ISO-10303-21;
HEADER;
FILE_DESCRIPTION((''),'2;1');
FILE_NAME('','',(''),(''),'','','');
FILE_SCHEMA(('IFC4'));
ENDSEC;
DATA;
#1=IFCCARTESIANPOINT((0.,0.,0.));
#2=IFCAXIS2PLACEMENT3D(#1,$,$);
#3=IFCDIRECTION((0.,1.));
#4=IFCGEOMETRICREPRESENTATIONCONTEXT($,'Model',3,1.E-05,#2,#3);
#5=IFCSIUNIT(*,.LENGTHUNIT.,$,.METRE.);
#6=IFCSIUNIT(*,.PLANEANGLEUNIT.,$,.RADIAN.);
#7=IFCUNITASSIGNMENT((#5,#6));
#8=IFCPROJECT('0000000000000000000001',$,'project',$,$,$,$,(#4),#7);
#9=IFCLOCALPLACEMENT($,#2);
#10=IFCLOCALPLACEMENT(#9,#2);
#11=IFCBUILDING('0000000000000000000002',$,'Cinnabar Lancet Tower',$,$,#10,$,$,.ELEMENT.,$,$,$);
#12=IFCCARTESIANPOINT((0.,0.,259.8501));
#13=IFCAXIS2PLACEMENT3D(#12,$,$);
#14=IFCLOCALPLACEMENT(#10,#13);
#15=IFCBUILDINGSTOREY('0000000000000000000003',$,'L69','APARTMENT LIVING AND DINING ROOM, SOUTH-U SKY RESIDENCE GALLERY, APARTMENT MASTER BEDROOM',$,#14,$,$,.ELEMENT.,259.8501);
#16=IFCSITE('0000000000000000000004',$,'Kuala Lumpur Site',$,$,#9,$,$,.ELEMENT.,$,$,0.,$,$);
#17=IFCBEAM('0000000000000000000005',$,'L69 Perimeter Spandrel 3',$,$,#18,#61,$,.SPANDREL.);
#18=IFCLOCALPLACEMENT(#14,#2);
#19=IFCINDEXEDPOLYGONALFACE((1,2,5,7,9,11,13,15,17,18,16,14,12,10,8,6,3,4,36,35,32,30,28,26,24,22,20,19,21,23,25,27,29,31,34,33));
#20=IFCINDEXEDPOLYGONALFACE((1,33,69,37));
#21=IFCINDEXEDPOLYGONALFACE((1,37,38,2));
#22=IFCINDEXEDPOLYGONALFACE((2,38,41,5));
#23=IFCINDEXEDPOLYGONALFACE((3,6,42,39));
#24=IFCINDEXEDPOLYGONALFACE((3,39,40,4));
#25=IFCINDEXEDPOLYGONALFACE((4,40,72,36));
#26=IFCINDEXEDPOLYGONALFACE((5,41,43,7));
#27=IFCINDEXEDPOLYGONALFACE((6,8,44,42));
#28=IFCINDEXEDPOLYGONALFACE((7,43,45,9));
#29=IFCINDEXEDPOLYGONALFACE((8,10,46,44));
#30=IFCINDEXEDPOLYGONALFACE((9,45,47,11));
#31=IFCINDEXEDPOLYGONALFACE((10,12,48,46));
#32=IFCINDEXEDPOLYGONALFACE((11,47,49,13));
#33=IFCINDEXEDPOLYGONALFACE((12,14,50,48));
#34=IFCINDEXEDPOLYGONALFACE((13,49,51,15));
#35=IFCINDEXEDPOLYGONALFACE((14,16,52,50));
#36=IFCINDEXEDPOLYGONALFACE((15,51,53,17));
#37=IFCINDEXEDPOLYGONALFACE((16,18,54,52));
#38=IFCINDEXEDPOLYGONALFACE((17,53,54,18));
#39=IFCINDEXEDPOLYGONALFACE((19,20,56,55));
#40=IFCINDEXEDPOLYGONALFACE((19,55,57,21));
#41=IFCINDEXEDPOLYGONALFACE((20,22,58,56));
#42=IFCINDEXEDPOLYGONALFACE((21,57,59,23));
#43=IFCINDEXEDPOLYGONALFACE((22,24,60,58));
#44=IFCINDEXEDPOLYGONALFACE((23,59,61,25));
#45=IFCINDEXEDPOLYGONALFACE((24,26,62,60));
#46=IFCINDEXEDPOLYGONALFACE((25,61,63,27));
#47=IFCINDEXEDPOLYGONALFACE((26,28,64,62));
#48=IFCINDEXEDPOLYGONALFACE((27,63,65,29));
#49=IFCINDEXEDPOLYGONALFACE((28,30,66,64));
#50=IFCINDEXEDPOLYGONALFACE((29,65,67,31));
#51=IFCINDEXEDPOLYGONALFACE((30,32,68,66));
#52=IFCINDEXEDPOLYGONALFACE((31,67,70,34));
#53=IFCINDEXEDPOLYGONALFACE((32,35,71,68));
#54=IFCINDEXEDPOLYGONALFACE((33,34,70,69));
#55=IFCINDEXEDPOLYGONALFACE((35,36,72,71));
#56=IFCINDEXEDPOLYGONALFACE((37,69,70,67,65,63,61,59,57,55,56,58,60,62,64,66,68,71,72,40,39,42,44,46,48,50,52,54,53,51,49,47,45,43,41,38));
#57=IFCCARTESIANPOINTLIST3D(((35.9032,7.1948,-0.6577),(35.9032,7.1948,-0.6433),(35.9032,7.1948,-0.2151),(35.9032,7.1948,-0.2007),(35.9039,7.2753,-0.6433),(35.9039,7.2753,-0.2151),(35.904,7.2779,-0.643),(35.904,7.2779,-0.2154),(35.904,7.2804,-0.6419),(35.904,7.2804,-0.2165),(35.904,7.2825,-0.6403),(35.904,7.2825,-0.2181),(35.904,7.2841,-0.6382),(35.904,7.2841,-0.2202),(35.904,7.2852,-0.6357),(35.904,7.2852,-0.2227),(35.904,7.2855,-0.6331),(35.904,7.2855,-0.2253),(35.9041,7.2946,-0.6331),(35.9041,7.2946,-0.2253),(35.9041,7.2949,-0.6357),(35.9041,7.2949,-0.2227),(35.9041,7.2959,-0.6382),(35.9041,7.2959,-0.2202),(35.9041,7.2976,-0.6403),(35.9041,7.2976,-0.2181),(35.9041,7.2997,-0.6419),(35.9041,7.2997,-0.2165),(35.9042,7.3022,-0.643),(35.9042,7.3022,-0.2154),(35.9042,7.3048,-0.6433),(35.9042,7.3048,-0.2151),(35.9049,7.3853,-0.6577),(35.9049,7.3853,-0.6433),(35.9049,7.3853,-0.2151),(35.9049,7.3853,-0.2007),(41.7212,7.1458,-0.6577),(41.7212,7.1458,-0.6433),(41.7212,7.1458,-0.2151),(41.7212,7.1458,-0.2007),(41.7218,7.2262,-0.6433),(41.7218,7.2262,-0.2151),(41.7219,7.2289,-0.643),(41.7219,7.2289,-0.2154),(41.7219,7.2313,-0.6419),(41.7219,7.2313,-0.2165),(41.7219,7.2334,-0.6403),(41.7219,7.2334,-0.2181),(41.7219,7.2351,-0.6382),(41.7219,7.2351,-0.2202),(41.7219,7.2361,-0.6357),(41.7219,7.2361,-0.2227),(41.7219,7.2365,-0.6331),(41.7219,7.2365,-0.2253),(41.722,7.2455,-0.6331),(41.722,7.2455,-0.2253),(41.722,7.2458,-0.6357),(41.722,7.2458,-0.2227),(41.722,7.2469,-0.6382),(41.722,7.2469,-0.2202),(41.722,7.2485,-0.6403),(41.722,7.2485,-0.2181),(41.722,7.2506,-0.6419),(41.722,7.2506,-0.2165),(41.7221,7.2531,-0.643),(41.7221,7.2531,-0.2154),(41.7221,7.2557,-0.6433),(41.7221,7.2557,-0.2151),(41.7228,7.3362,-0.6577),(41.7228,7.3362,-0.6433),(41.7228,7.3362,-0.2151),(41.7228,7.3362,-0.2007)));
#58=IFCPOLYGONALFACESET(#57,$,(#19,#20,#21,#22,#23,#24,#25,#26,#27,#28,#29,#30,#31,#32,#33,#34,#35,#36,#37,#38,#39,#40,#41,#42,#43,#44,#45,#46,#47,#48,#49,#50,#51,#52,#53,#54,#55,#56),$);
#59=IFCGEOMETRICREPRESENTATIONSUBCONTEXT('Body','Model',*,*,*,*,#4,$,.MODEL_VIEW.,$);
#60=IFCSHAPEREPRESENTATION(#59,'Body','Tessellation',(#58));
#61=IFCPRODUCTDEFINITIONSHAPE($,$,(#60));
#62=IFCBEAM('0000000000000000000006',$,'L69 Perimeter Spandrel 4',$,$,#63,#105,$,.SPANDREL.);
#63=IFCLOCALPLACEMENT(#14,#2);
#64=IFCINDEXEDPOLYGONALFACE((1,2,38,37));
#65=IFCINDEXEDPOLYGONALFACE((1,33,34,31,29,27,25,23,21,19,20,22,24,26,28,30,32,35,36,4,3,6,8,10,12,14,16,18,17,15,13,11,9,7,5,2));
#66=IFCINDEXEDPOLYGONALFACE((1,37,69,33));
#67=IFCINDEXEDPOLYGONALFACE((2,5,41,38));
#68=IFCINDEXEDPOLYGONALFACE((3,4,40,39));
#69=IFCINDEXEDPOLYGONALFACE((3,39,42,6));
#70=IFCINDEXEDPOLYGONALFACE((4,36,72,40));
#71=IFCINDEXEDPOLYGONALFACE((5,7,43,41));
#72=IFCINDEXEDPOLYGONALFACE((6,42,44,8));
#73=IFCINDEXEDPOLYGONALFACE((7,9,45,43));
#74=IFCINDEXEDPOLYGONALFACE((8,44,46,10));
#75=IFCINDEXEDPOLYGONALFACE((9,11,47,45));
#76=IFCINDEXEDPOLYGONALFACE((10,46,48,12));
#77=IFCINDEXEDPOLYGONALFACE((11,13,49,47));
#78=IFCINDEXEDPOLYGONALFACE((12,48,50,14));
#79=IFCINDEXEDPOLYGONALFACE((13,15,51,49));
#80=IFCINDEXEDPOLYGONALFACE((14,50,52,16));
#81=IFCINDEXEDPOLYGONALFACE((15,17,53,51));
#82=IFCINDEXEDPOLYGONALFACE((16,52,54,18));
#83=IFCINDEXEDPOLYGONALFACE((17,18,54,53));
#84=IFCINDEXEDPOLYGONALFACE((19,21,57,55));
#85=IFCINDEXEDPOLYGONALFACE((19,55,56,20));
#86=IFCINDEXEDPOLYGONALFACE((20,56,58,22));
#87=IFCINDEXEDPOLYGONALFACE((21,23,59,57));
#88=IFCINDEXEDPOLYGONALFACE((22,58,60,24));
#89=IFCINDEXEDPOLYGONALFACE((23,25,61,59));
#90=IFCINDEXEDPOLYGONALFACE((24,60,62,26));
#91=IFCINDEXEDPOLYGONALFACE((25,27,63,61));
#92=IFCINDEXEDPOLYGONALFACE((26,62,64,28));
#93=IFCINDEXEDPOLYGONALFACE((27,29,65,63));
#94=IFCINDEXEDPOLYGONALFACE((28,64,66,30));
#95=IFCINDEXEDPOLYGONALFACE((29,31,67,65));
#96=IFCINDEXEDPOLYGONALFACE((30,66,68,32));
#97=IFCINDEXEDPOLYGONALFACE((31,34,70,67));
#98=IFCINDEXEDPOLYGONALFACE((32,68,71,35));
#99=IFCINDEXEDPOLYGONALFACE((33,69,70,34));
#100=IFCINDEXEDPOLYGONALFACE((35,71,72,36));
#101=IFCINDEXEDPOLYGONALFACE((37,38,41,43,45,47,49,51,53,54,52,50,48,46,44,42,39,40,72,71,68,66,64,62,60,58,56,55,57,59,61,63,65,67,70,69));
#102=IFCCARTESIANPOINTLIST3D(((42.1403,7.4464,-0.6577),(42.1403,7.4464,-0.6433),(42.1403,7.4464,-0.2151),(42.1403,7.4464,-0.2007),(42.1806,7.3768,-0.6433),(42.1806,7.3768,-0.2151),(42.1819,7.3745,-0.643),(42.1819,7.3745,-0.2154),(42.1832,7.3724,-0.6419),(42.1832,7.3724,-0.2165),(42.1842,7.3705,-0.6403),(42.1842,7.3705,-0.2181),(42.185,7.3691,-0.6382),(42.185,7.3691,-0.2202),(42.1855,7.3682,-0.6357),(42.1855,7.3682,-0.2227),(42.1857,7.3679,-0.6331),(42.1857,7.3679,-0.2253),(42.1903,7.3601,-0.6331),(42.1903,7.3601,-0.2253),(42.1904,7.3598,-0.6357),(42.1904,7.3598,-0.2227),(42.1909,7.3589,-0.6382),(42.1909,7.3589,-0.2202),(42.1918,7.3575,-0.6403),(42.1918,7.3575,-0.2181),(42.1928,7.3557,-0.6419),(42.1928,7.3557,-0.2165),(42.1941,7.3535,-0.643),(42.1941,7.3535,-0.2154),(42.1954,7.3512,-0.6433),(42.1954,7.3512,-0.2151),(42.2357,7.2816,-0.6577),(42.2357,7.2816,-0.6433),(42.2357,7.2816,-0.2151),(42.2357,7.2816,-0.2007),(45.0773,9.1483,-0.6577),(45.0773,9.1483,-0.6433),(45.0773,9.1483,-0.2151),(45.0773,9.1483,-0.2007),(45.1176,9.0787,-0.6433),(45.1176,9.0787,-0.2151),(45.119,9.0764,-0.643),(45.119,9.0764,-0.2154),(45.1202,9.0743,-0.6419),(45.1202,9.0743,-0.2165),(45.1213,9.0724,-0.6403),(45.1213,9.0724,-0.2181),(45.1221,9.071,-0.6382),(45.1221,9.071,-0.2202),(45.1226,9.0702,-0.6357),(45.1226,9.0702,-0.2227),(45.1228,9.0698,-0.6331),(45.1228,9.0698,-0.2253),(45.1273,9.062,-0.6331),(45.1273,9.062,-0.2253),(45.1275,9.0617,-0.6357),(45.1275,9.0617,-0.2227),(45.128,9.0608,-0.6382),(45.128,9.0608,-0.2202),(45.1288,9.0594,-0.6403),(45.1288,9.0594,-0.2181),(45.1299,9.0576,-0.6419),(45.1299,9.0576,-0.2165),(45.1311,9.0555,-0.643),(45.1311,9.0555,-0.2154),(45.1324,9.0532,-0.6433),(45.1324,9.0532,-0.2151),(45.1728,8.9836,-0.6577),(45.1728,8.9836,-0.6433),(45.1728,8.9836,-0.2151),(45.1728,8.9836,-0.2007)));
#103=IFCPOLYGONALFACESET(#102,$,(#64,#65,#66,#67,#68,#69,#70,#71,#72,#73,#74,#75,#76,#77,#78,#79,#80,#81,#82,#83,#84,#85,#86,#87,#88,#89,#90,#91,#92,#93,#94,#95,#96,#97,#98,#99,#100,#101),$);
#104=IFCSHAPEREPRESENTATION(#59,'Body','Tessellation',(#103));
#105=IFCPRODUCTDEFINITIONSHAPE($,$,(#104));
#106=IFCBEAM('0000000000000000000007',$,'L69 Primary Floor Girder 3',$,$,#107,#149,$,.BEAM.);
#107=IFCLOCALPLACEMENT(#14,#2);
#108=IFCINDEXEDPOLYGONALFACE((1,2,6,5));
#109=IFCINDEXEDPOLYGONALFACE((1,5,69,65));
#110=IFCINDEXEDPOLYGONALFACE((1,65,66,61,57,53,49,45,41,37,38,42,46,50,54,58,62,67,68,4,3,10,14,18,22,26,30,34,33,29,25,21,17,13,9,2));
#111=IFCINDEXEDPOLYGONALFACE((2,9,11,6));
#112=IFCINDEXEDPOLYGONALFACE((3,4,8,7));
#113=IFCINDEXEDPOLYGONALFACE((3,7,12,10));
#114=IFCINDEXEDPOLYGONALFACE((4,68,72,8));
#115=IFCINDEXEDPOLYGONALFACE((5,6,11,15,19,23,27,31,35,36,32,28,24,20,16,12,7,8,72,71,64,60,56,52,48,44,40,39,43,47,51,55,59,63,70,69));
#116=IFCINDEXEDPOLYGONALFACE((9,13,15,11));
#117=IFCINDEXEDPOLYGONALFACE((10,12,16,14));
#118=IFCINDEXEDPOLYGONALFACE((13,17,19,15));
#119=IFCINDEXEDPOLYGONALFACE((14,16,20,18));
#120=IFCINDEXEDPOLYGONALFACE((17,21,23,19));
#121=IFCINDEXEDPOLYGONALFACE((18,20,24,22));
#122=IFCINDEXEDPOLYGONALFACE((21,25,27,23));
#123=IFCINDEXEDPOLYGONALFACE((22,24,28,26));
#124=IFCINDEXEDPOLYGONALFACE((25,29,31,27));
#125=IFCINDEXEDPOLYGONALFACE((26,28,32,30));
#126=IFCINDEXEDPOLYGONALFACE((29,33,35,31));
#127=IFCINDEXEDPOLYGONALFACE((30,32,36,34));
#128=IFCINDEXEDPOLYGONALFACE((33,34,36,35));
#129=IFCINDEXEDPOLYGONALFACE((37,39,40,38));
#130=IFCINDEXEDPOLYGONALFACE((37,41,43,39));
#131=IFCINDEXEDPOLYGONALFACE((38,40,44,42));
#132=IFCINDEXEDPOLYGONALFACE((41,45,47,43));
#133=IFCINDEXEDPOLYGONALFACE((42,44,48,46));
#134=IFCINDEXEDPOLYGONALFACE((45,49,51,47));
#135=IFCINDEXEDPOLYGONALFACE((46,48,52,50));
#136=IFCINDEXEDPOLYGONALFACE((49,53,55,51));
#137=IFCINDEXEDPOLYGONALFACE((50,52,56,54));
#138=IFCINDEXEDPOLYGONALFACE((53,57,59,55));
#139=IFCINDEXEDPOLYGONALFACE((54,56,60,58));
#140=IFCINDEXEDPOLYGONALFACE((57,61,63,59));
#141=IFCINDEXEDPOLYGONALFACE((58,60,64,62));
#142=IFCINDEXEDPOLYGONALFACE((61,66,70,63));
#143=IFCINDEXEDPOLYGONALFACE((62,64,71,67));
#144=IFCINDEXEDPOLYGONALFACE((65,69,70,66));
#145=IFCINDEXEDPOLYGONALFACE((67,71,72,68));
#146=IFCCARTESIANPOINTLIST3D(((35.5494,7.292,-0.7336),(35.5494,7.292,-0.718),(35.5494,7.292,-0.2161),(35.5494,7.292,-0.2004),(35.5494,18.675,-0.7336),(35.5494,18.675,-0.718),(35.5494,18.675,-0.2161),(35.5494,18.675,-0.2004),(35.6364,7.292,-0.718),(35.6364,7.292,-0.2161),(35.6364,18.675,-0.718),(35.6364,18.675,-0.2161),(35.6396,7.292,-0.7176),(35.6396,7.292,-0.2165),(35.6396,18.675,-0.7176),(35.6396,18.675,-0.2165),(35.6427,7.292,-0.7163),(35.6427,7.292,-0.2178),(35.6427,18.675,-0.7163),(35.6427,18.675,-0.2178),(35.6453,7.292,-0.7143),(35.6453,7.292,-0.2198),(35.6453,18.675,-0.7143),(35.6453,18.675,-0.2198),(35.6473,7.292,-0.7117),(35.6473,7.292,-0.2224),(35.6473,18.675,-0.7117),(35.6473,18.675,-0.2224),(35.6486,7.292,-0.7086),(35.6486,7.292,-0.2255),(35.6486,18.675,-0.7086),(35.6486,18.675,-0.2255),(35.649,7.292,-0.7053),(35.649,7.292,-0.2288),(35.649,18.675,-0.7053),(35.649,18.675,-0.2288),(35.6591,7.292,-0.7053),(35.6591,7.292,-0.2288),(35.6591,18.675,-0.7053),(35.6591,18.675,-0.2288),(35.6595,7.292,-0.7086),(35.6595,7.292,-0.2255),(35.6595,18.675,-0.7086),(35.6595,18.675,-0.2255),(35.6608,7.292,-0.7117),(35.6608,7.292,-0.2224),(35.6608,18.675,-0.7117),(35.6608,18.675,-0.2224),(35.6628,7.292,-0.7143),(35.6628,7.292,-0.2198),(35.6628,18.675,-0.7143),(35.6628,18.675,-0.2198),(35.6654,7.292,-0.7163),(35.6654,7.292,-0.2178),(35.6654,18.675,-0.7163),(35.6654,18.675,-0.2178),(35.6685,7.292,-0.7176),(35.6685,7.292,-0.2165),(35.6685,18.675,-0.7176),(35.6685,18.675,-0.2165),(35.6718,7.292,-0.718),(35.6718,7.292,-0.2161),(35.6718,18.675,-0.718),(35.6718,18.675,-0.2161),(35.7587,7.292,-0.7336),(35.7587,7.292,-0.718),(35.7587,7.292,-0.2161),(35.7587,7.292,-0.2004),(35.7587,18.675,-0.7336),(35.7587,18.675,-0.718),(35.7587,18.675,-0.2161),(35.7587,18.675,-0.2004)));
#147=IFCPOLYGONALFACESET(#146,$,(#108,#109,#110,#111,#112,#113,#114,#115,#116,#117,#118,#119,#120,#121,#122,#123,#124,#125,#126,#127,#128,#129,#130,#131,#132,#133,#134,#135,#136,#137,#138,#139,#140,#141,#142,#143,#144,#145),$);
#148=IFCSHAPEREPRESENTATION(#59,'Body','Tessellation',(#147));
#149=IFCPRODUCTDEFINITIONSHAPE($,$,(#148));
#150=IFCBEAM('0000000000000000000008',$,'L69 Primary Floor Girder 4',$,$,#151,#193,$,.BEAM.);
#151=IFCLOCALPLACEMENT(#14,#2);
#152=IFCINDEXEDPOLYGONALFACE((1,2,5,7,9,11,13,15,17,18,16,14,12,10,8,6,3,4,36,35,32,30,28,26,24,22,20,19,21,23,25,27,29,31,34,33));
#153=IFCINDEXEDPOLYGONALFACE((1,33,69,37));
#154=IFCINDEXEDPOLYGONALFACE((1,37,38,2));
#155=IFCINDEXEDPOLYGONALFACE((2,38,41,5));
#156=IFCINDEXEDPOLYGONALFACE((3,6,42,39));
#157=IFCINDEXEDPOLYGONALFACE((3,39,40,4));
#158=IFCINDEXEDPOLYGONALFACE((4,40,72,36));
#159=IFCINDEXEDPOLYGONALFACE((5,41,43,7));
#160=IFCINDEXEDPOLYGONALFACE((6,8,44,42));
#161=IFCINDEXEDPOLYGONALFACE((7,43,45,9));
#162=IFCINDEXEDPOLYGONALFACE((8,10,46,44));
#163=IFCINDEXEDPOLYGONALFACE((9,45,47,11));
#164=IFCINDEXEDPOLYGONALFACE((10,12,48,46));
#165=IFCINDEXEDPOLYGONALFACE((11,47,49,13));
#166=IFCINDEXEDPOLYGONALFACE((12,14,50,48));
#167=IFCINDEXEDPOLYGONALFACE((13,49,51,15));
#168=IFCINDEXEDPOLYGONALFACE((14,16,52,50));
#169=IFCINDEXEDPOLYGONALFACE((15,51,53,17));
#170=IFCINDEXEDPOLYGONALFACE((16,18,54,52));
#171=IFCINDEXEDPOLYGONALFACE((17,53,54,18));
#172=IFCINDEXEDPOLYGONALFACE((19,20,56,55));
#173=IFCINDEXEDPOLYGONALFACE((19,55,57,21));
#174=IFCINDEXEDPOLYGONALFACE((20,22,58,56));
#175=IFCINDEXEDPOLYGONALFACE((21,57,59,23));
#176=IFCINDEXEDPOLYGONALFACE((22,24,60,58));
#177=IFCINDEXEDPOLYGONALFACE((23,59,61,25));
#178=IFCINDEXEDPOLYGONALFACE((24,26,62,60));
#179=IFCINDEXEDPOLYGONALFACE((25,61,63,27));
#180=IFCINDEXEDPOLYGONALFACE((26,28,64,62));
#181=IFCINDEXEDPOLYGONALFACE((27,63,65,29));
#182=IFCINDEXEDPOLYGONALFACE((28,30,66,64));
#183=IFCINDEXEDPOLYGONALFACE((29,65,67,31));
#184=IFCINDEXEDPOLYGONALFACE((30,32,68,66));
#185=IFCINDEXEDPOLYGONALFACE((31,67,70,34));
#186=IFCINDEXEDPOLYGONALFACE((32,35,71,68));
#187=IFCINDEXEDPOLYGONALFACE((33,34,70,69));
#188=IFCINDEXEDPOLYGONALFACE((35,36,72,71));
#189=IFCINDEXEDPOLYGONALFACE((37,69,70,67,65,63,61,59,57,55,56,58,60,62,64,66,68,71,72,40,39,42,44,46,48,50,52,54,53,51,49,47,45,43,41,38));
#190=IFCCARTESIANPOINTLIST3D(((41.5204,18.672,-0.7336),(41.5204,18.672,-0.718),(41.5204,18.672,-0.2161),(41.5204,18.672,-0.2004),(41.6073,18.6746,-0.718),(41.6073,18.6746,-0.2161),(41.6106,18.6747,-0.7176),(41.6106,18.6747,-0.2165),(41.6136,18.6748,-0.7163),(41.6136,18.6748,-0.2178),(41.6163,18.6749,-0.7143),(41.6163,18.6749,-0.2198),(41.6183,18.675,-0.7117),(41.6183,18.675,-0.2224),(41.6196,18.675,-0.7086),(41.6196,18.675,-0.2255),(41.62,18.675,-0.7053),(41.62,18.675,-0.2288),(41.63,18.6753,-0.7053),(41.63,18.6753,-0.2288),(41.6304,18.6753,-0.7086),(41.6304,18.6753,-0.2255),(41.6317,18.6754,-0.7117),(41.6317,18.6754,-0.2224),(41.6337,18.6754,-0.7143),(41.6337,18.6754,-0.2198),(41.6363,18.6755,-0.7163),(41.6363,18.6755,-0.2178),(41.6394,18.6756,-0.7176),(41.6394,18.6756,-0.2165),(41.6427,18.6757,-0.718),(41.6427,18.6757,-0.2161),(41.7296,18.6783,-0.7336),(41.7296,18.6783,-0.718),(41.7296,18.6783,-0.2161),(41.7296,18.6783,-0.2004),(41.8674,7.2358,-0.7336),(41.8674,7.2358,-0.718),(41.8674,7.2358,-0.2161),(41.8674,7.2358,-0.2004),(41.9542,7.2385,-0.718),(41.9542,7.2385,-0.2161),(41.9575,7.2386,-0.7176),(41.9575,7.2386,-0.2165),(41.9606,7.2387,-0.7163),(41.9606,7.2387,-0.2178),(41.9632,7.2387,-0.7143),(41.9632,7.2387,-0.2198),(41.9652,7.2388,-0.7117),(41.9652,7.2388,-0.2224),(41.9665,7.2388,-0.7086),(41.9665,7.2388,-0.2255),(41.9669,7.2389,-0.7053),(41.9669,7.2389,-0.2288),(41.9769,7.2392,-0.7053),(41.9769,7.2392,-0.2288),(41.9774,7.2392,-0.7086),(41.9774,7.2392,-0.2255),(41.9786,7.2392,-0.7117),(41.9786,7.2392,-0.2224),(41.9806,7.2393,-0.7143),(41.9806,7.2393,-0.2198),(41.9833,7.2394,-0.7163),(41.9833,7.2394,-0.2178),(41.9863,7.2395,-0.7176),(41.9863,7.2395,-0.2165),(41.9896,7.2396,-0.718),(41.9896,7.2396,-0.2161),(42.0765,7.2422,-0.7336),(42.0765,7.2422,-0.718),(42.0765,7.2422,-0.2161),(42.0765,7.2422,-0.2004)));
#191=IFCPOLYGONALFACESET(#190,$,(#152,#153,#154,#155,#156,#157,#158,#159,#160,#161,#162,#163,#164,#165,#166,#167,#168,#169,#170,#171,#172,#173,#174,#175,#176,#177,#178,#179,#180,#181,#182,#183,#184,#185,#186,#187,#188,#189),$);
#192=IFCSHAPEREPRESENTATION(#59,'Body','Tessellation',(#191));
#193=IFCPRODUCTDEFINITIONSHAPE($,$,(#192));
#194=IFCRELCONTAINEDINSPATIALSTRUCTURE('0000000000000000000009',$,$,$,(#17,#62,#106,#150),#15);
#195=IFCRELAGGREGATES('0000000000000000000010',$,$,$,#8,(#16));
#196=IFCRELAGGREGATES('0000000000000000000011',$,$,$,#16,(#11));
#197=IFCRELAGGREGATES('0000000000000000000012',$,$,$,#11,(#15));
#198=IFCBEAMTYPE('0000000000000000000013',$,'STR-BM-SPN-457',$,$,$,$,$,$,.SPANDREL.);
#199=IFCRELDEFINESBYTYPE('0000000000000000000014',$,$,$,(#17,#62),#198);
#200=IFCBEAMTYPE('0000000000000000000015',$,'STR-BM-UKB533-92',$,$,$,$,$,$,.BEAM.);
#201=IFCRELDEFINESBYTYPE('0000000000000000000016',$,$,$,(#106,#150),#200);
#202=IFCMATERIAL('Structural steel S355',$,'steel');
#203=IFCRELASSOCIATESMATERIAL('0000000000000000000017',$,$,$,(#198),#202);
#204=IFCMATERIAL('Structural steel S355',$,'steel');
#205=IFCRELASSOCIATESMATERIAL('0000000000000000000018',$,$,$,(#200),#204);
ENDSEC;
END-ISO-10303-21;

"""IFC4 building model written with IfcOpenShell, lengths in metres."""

from ifc_helpers import new_model, si_unit, direction, frame, origin, origin_2d, place, context, subcontext, project, spatial, i_section, extrude, material, material_profile, profile_set, type_object, element, save


model = new_model("IFC4")

# Units and contexts
model_context = context("Model", 3, precision=1e-05, world=origin(), true_north=direction((0.0, 1.0)))
body_context = subcontext(model_context, "Body", "Model", "MODEL_VIEW")
ifc_project = project(units=[si_unit("LENGTHUNIT", "METRE"), si_unit("PLANEANGLEUNIT", "RADIAN")], contexts=[model_context])

# Site, building, storey
site_placement = place(None, origin())
site = spatial("IfcSite", under=ifc_project, at=site_placement, Name="Kuala Lumpur Site", CompositionType="ELEMENT", RefElevation=0.0)
building_placement = place(site_placement, origin())
building = spatial("IfcBuilding", under=site, at=building_placement, Name="Cinnabar Lancet Tower", CompositionType="ELEMENT")
storey_placement = place(building_placement, frame((0.0, 0.0, 259.8501)))
storey = spatial("IfcBuildingStorey", under=building, at=storey_placement, Name="L69", Description="APARTMENT LIVING AND DINING ROOM, SOUTH-U SKY RESIDENCE GALLERY, APARTMENT MASTER BEDROOM", CompositionType="ELEMENT", Elevation=259.8501)

# Beams
ifc_material_1 = material(Name="Structural steel S355", Category="steel")
ifc_material_profile_1 = material_profile(ifc_material_1, i_section(OverallWidth=0.1904, OverallDepth=0.457, WebThickness=0.009, FlangeThickness=0.0144, FilletRadius=0.0103, at=origin_2d()), Name="UKB 457x191x74")
ifc_profile_set_1 = profile_set([ifc_material_profile_1], Name="Structural steel S355")
beam_type_1 = type_object("IfcBeamType", Name="STR-BM-SPN-457", PredefinedType="SPANDREL", material=ifc_profile_set_1)
beam_1_placement = place(storey_placement, frame((35.9041, 7.29, -0.4292), z_axis=(0.999964, -0.008434, 0.0), x_axis=(0.008434, 0.999964, 0.0)))
element("IfcBeam", 1, at=beam_1_placement, inside=storey, type_object=beam_type_1, Name="L69 Perimeter Spandrel 3", PredefinedType="SPANDREL", context=body_context, shape_type="SweptSolid", body=[
    extrude(i_section(OverallWidth=0.1904, OverallDepth=0.457, WebThickness=0.009, FlangeThickness=0.0144, FilletRadius=0.0103, at=origin_2d()), origin(), (0.0, 0.0, 1.0), 5.8181),
])
beam_2_placement = place(storey_placement, frame((42.188, 7.364, -0.4292), z_axis=(0.865231, 0.501374, 0.0), x_axis=(-0.501374, 0.865231, 0.0)))
element("IfcBeam", 2, at=beam_2_placement, inside=storey, type_object=beam_type_1, Name="L69 Perimeter Spandrel 4", PredefinedType="SPANDREL", context=body_context, shape_type="SweptSolid", body=[
    extrude(i_section(OverallWidth=0.1904, OverallDepth=0.457, WebThickness=0.009, FlangeThickness=0.0144, FilletRadius=0.0103, at=origin_2d()), origin(), (0.0, 0.0, 1.0), 3.3945),
])
ifc_material_2 = material(Name="Structural steel S355", Category="steel")
ifc_material_profile_2 = material_profile(ifc_material_2, i_section(OverallWidth=0.2092, OverallDepth=0.5332, WebThickness=0.01, FlangeThickness=0.0156, FilletRadius=0.0127, at=origin_2d()), Name="UKB 533x210x92")
ifc_profile_set_2 = profile_set([ifc_material_profile_2], Name="Structural steel S355")
beam_type_2 = type_object("IfcBeamType", Name="STR-BM-UKB533-92", PredefinedType="BEAM", material=ifc_profile_set_2)
beam_3_placement = place(storey_placement, frame((35.6541, 7.292, -0.467), z_axis=(0.0, 1.0, 0.0), x_axis=(-1.0, 0.0, 0.0)))
element("IfcBeam", 3, at=beam_3_placement, inside=storey, type_object=beam_type_2, Name="L69 Primary Floor Girder 3", PredefinedType="BEAM", context=body_context, shape_type="SweptSolid", body=[
    extrude(i_section(OverallWidth=0.2092, OverallDepth=0.5332, WebThickness=0.01, FlangeThickness=0.0156, FilletRadius=0.0127, at=origin_2d()), origin(), (0.0, 0.0, 1.0), 11.3831),
])
beam_4_placement = place(storey_placement, frame((41.9719, 7.239, -0.467), z_axis=(-0.030322, 0.99954, 0.0), x_axis=(-0.99954, -0.030322, 0.0)))
element("IfcBeam", 4, at=beam_4_placement, inside=storey, type_object=beam_type_2, Name="L69 Primary Floor Girder 4", PredefinedType="BEAM", context=body_context, shape_type="SweptSolid", body=[
    extrude(i_section(OverallWidth=0.2092, OverallDepth=0.5332, WebThickness=0.01, FlangeThickness=0.0156, FilletRadius=0.0127, at=origin_2d()), origin(), (0.0, 0.0, 1.0), 11.4414),
])

save(model, "model.ifc")
